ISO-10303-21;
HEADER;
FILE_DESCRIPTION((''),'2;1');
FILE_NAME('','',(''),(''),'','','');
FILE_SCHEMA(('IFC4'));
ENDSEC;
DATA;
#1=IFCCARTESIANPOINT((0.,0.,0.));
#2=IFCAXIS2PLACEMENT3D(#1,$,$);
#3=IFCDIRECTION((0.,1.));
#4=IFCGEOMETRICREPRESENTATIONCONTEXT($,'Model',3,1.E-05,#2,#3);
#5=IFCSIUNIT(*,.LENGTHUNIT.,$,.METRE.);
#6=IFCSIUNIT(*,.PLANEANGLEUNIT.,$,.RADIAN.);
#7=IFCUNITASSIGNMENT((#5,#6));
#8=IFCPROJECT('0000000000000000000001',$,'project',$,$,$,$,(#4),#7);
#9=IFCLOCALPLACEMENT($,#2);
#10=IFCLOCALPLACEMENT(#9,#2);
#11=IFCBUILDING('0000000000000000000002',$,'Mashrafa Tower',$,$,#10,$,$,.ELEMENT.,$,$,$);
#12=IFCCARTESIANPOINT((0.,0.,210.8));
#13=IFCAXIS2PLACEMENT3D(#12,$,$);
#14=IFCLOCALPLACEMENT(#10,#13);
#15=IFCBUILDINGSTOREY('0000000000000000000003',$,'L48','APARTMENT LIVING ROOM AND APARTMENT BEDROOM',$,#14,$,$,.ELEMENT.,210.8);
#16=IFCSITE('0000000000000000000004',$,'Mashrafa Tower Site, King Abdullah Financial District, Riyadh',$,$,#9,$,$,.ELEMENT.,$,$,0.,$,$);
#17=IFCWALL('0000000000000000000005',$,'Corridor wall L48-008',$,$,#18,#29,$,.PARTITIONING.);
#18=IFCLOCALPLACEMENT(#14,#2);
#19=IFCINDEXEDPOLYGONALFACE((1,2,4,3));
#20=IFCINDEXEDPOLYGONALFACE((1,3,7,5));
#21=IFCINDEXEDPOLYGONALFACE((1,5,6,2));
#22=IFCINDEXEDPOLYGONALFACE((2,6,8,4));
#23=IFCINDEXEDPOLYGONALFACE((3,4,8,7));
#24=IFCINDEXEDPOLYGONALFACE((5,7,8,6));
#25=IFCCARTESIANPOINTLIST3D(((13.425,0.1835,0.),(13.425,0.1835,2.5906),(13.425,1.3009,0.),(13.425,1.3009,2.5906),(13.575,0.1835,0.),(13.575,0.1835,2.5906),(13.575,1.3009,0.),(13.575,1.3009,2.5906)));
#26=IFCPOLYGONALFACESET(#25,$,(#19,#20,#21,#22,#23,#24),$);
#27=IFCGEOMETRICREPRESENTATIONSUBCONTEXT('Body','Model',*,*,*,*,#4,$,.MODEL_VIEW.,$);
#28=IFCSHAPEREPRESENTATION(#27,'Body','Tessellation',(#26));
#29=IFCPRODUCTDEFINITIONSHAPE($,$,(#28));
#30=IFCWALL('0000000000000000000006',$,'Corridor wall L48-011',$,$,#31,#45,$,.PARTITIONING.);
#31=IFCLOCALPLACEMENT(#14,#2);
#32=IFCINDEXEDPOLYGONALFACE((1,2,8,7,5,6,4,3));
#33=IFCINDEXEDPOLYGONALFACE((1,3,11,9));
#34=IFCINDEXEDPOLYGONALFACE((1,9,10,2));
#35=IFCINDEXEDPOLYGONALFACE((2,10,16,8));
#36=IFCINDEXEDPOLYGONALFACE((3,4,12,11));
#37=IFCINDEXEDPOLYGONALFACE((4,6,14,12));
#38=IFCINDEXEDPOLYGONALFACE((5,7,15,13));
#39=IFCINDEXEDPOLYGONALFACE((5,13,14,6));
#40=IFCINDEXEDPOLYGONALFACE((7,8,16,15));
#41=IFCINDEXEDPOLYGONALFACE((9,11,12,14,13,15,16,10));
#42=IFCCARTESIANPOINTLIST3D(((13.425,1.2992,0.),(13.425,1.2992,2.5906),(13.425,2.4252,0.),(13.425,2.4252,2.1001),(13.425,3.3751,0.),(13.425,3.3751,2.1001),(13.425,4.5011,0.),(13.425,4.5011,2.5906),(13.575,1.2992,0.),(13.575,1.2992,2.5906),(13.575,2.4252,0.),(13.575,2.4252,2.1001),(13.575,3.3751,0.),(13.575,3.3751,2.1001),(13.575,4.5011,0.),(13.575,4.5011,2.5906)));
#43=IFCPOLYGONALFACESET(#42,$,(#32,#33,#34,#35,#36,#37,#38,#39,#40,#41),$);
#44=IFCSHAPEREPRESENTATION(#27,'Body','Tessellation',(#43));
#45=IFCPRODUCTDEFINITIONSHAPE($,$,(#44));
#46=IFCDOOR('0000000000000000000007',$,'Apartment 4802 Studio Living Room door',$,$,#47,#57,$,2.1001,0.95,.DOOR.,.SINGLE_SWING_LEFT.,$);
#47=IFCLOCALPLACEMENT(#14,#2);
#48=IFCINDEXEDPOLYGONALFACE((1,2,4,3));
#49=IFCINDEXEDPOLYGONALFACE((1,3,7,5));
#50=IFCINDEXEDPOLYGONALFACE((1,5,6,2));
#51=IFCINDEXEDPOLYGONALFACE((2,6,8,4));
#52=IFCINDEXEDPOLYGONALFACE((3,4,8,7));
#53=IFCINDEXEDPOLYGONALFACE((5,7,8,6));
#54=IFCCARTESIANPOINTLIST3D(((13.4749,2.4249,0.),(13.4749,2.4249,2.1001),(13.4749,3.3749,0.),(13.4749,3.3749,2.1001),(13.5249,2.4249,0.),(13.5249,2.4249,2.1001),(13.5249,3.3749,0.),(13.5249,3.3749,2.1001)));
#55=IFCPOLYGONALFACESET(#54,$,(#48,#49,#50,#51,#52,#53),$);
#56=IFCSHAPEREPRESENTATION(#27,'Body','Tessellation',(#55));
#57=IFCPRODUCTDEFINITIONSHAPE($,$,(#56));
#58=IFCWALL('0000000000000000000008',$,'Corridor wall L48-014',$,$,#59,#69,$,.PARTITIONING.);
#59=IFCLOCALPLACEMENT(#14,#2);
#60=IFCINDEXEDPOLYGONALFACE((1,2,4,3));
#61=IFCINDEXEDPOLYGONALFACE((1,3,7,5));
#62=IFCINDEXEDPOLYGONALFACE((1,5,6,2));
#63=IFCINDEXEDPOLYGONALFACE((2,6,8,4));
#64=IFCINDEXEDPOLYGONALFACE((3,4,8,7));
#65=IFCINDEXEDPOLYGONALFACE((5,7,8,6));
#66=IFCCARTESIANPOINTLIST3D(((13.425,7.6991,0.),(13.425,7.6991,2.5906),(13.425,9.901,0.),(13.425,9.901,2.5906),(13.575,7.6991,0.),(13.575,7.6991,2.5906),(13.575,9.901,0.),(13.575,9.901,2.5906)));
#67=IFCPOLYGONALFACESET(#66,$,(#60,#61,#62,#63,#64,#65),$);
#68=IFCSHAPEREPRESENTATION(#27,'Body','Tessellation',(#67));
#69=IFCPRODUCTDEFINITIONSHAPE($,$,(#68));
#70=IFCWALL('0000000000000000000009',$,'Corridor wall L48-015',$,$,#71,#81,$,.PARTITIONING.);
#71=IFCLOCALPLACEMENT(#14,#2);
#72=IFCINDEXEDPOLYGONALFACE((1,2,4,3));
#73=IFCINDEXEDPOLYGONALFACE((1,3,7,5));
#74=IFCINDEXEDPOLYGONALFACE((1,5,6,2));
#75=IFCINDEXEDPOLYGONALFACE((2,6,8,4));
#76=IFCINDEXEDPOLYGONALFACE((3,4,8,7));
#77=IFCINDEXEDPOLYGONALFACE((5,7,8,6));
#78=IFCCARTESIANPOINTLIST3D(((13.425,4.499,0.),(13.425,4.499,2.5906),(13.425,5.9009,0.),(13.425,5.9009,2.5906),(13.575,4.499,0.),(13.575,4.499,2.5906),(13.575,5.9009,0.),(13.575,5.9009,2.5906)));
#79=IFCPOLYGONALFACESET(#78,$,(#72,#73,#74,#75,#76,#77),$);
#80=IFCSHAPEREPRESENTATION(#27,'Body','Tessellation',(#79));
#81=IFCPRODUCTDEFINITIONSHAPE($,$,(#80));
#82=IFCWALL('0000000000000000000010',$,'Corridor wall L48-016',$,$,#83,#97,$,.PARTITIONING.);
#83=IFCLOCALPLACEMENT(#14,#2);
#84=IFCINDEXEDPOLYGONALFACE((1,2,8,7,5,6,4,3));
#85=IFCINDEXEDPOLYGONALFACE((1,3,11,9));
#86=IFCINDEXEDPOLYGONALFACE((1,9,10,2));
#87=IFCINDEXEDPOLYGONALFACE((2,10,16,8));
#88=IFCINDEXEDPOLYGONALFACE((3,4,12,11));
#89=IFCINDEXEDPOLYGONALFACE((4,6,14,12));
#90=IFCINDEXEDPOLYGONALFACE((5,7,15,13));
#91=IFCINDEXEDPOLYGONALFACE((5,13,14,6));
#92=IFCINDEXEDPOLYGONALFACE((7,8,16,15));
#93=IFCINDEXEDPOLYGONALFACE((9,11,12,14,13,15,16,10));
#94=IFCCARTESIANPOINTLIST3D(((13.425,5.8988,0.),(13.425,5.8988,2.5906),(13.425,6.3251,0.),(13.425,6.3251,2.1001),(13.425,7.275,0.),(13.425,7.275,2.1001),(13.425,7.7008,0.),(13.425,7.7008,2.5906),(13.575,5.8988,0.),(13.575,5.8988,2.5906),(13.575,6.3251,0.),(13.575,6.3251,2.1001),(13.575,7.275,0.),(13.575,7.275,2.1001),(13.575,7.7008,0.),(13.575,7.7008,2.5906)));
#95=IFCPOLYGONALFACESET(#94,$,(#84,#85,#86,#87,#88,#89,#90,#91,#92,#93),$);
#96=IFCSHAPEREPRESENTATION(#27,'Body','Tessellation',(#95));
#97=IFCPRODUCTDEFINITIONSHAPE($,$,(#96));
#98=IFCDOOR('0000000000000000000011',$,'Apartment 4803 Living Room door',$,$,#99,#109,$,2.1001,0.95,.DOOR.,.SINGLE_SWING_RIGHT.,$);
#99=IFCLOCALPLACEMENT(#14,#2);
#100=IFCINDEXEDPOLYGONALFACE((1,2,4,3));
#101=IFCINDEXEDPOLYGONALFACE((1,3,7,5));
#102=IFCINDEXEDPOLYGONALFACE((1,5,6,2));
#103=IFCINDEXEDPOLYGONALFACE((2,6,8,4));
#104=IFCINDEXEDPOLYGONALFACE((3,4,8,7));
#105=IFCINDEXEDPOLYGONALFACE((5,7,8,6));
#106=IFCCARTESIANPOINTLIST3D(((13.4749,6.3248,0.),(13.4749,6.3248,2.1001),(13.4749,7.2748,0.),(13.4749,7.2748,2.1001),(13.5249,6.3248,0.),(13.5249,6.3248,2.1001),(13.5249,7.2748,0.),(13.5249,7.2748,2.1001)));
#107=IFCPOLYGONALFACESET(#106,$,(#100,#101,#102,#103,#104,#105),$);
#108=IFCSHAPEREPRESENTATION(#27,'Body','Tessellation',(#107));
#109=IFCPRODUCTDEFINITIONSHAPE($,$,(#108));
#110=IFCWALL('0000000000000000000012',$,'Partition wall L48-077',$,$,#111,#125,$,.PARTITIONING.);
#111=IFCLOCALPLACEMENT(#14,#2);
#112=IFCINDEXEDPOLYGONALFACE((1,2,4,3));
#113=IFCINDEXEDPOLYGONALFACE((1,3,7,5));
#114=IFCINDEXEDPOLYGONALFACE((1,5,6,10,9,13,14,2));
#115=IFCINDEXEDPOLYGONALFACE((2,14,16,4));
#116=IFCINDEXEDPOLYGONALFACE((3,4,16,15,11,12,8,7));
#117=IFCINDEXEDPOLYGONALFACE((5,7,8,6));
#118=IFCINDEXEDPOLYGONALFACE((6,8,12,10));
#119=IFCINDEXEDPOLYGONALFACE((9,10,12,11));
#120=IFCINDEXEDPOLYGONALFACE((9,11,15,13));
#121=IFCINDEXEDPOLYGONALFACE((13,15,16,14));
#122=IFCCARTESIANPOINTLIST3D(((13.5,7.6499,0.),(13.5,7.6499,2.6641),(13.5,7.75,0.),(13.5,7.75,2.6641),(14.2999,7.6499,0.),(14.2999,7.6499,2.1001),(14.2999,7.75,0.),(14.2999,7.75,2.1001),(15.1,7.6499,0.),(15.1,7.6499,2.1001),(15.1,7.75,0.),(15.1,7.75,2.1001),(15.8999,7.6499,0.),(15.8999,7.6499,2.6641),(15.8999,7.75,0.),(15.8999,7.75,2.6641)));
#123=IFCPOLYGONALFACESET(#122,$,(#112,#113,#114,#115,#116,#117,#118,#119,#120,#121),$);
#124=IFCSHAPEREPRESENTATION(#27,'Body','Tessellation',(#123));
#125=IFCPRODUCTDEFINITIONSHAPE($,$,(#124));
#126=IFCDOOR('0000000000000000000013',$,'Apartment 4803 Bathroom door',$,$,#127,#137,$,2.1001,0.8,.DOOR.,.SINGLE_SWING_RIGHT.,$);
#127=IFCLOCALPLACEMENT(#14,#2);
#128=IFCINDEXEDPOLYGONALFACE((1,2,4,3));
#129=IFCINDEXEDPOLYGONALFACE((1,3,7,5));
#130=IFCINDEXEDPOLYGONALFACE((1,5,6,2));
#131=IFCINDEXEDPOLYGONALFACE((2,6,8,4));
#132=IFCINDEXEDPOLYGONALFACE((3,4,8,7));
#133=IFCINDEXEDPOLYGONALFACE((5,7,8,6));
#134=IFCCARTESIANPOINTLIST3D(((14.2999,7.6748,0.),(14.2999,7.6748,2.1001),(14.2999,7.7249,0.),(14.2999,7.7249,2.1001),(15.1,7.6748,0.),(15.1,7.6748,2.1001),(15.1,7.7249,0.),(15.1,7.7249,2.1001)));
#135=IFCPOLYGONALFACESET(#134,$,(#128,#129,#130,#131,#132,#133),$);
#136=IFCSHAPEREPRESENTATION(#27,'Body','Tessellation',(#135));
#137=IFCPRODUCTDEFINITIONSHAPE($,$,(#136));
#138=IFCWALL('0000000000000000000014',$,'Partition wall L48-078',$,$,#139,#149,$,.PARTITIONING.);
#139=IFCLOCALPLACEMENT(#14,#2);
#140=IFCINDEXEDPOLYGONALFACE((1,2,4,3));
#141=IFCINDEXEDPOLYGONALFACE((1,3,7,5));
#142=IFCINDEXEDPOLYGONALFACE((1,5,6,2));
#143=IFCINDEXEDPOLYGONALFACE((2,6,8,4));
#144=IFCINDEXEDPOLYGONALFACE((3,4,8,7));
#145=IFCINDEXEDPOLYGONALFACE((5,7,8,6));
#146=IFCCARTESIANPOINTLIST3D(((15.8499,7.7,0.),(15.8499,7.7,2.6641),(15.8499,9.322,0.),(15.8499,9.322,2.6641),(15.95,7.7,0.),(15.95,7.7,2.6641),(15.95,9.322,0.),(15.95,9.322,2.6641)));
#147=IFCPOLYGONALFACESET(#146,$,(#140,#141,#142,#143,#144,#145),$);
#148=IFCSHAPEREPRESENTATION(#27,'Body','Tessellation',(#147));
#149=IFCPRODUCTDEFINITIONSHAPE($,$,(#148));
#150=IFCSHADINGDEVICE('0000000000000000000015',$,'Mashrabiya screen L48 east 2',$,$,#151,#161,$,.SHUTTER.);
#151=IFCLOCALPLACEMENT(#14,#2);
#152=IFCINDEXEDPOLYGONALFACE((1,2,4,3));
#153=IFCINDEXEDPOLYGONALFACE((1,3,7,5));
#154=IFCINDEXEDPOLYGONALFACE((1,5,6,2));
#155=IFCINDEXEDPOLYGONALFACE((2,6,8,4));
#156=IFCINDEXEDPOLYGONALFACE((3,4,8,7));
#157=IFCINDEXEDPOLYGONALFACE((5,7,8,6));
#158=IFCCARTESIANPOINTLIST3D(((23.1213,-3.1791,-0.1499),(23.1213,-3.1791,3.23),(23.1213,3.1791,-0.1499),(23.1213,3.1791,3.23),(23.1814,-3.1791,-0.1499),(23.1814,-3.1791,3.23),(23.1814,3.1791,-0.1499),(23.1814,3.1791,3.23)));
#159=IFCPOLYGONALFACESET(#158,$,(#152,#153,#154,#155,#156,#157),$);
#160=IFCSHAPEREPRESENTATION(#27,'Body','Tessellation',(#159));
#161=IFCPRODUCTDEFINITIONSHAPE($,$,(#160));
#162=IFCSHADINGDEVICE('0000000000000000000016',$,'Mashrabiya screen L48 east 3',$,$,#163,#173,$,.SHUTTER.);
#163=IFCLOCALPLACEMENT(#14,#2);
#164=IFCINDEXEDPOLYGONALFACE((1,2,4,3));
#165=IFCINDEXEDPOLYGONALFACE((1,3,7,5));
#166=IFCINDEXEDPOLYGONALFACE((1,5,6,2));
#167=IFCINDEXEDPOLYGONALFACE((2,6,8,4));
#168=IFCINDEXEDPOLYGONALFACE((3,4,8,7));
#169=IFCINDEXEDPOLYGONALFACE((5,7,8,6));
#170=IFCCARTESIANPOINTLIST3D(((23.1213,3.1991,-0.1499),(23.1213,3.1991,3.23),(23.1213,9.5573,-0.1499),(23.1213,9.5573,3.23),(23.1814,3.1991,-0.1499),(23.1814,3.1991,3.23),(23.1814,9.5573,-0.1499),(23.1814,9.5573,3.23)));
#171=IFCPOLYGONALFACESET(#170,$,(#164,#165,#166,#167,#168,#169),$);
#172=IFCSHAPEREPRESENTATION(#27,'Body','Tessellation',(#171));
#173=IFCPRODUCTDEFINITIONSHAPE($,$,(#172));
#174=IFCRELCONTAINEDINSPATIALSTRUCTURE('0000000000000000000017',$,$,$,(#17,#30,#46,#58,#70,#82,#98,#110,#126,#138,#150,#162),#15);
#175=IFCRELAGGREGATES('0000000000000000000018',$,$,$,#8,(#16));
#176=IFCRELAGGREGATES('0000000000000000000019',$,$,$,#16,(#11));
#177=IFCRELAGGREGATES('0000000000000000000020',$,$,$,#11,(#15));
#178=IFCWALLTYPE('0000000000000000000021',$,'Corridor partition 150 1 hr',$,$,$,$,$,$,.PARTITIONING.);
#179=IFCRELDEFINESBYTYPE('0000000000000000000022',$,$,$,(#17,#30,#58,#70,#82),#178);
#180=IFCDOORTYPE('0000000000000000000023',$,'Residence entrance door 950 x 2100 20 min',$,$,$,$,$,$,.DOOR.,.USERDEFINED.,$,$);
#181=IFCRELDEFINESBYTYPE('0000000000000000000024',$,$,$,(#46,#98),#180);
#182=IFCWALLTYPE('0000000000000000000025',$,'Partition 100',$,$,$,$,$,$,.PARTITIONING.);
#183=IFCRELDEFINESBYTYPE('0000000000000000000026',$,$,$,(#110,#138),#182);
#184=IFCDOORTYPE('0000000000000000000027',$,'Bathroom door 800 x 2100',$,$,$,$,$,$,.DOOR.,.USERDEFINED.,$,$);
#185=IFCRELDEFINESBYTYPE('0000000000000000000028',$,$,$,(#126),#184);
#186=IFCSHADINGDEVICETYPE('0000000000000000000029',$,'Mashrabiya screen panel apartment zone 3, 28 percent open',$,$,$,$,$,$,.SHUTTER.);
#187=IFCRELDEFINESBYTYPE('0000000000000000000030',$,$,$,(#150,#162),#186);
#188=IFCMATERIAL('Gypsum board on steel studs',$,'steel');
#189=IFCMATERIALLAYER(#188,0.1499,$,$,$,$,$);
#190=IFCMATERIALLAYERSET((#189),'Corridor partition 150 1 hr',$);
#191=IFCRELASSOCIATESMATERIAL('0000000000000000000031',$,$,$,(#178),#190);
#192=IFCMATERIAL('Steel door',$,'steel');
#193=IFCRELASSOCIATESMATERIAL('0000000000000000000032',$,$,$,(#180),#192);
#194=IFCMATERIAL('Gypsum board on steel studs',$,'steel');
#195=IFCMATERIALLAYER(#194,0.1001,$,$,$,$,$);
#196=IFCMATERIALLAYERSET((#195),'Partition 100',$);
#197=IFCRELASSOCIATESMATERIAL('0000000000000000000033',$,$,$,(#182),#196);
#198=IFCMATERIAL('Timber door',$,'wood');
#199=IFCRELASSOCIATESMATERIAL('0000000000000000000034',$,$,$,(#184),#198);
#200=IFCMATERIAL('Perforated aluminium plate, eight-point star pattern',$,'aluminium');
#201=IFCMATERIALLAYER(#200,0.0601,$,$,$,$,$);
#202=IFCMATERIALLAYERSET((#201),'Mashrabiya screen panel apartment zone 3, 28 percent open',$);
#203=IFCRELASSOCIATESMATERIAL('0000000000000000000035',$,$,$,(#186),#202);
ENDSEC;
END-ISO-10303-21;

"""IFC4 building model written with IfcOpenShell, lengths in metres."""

from ifc_helpers import new_model, si_unit, direction, frame, frame_2d, origin, origin_2d, place, context, subcontext, project, spatial, rectangle, extrude, source, transform, mapped, material, layer, layer_set, type_object, type_shapes, element, fill, save


model = new_model("IFC4")

# Units and contexts
model_context = context("Model", 3, precision=1e-05, world=origin(), true_north=direction((0.0, 1.0)))
body_context = subcontext(model_context, "Body", "Model", "MODEL_VIEW")
ifc_project = project(units=[si_unit("LENGTHUNIT", "METRE"), si_unit("PLANEANGLEUNIT", "RADIAN")], contexts=[model_context])

# Site, building, storey
site_placement = place(None, origin())
site = spatial("IfcSite", under=ifc_project, at=site_placement, Name="Mashrafa Tower Site, King Abdullah Financial District, Riyadh", CompositionType="ELEMENT", RefElevation=0.0)
building_placement = place(site_placement, origin())
building = spatial("IfcBuilding", under=site, at=building_placement, Name="Mashrafa Tower", CompositionType="ELEMENT")
storey_placement = place(building_placement, frame((0.0, 0.0, 210.8)))
storey = spatial("IfcBuildingStorey", under=building, at=storey_placement, Name="L48", Description="APARTMENT LIVING ROOM AND APARTMENT BEDROOM", CompositionType="ELEMENT", Elevation=210.8)

# Wall
ifc_material_1 = material(Name="Gypsum board on steel studs", Category="steel")
ifc_layer_1 = layer(ifc_material_1, 0.1499)
ifc_layer_set_1 = layer_set([ifc_layer_1], Name="Corridor partition 150 1 hr")
wall_type_1 = type_object("IfcWallType", Name="Corridor partition 150 1 hr", PredefinedType="PARTITIONING", material=ifc_layer_set_1)
wall_1_placement = place(storey_placement, frame((13.5, 0.1836, 0.0), z_axis=(0.0, 0.0, 1.0), x_axis=(0.0, 1.0, 0.0)))
element("IfcWall", 1, at=wall_1_placement, inside=storey, type_object=wall_type_1, Name="Corridor wall L48-008", PredefinedType="PARTITIONING", context=body_context, shape_type="SweptSolid", body=[
    extrude(rectangle(XDim=1.1174, YDim=0.1499, at=frame_2d((0.5586, 0.0))), origin(), (0.0, 0.0, 1.0), 2.5906),
])

# Wall, opening, door
wall_2_placement = place(storey_placement, frame((13.5, 1.2991, 0.0), z_axis=(0.0, 0.0, 1.0), x_axis=(0.0, 1.0, 0.0)))
wall_2 = element("IfcWall", 2, at=wall_2_placement, inside=storey, type_object=wall_type_1, Name="Corridor wall L48-011", PredefinedType="PARTITIONING", context=body_context, shape_type="SweptSolid", body=[
    extrude(rectangle(XDim=3.2019, YDim=0.1499, at=frame_2d((1.6011, 0.0))), origin(), (0.0, 0.0, 1.0), 2.5906),
])
opening_1_placement = place(wall_2_placement, frame((1.126, 0.0, 0.0)))
opening_1 = element("IfcOpeningElement", 3, at=opening_1_placement, cuts=wall_2, PredefinedType="OPENING", context=body_context, shape_type="SweptSolid", body=[
    extrude(rectangle(XDim=0.95, YDim=2.1001, at=frame_2d((0.4751, 1.05))), frame((0.0, 0.085, 0.0), z_axis=(0.0, -1.0, 0.0), x_axis=(1.0, 0.0, 0.0)), (0.0, 0.0, 1.0), 0.1699),
])
ifc_material_2 = material(Name="Steel door", Category="steel")
door_type_1 = type_object("IfcDoorType", Name="Residence entrance door 950 x 2100 20 min", OperationType="USERDEFINED", PredefinedType="DOOR", material=ifc_material_2)
door_1_placement = place(opening_1_placement, frame((0.95, 0.0, 0.0), z_axis=(0.0, 0.0, 1.0), x_axis=(-1.0, 0.0, 0.0)))
door_1 = element("IfcDoor", 4, at=door_1_placement, inside=storey, type_object=door_type_1, Name="Apartment 4802 Studio Living Room door", OperationType="SINGLE_SWING_LEFT", OverallHeight=2.1001, OverallWidth=0.95, PredefinedType="DOOR", context=body_context, shape_type="SweptSolid", body=[
    extrude(rectangle(XDim=0.95, YDim=2.1001, at=frame_2d((0.4751, 1.05))), frame((0.0, 0.0249, 0.0), z_axis=(0.0, -1.0, 0.0), x_axis=(1.0, 0.0, 0.0)), (0.0, 0.0, 1.0), 0.05),
])
fill(opening_1, door_1)

# Walls
wall_3_placement = place(storey_placement, frame((13.5, 7.699, 0.0), z_axis=(0.0, 0.0, 1.0), x_axis=(0.0, 1.0, 0.0)))
element("IfcWall", 5, at=wall_3_placement, inside=storey, type_object=wall_type_1, Name="Corridor wall L48-014", PredefinedType="PARTITIONING", context=body_context, shape_type="SweptSolid", body=[
    extrude(rectangle(XDim=2.2019, YDim=0.1499, at=frame_2d((1.1011, 0.0))), origin(), (0.0, 0.0, 1.0), 2.5906),
])
wall_4_placement = place(storey_placement, frame((13.5, 4.499, 0.0), z_axis=(0.0, 0.0, 1.0), x_axis=(0.0, 1.0, 0.0)))
element("IfcWall", 6, at=wall_4_placement, inside=storey, type_object=wall_type_1, Name="Corridor wall L48-015", PredefinedType="PARTITIONING", context=body_context, shape_type="SweptSolid", body=[
    extrude(rectangle(XDim=1.4019, YDim=0.1499, at=frame_2d((0.7009, 0.0))), origin(), (0.0, 0.0, 1.0), 2.5906),
])

# Walls, openings, doors
wall_5_placement = place(storey_placement, frame((13.5, 5.8989, 0.0), z_axis=(0.0, 0.0, 1.0), x_axis=(0.0, 1.0, 0.0)))
wall_5 = element("IfcWall", 7, at=wall_5_placement, inside=storey, type_object=wall_type_1, Name="Corridor wall L48-016", PredefinedType="PARTITIONING", context=body_context, shape_type="SweptSolid", body=[
    extrude(rectangle(XDim=1.802, YDim=0.1499, at=frame_2d((0.9009, 0.0))), origin(), (0.0, 0.0, 1.0), 2.5906),
])
opening_2_placement = place(wall_5_placement, frame((0.426, 0.0, 0.0)))
opening_2 = element("IfcOpeningElement", 8, at=opening_2_placement, cuts=wall_5, PredefinedType="OPENING", context=body_context, shape_type="SweptSolid", body=[
    extrude(rectangle(XDim=0.95, YDim=2.1001, at=frame_2d((0.4751, 1.05))), frame((0.0, 0.085, 0.0), z_axis=(0.0, -1.0, 0.0), x_axis=(1.0, 0.0, 0.0)), (0.0, 0.0, 1.0), 0.1699),
])
door_2_placement = place(opening_2_placement, frame((0.95, 0.0, 0.0), z_axis=(0.0, 0.0, 1.0), x_axis=(-1.0, 0.0, 0.0)))
door_2 = element("IfcDoor", 9, at=door_2_placement, inside=storey, type_object=door_type_1, Name="Apartment 4803 Living Room door", OperationType="SINGLE_SWING_RIGHT", OverallHeight=2.1001, OverallWidth=0.95, PredefinedType="DOOR", context=body_context, shape_type="SweptSolid", body=[
    extrude(rectangle(XDim=0.95, YDim=2.1001, at=frame_2d((0.4751, 1.05))), frame((0.0, 0.0249, 0.0), z_axis=(0.0, -1.0, 0.0), x_axis=(1.0, 0.0, 0.0)), (0.0, 0.0, 1.0), 0.05),
])
fill(opening_2, door_2)
ifc_material_3 = material(Name="Gypsum board on steel studs", Category="steel")
ifc_layer_2 = layer(ifc_material_3, 0.1001)
ifc_layer_set_2 = layer_set([ifc_layer_2], Name="Partition 100")
wall_type_2 = type_object("IfcWallType", Name="Partition 100", PredefinedType="PARTITIONING", material=ifc_layer_set_2)
wall_6_placement = place(storey_placement, frame((13.5, 7.7, 0.0), z_axis=(0.0, 0.0, 1.0), x_axis=(1.0, 0.0, 0.0)))
wall_6 = element("IfcWall", 10, at=wall_6_placement, inside=storey, type_object=wall_type_2, Name="Partition wall L48-077", PredefinedType="PARTITIONING", context=body_context, shape_type="SweptSolid", body=[
    extrude(rectangle(XDim=2.3999, YDim=0.1001, at=frame_2d((1.2, 0.0))), origin(), (0.0, 0.0, 1.0), 2.6641),
])
opening_3_placement = place(wall_6_placement, frame((0.8, 0.0, 0.0)))
opening_3 = element("IfcOpeningElement", 11, at=opening_3_placement, cuts=wall_6, PredefinedType="OPENING", context=body_context, shape_type="SweptSolid", body=[
    extrude(rectangle(XDim=0.8, YDim=2.1001, at=frame_2d((0.3999, 1.05))), frame((0.0, 0.0601, 0.0), z_axis=(0.0, -1.0, 0.0), x_axis=(1.0, 0.0, 0.0)), (0.0, 0.0, 1.0), 0.1201),
])
ifc_material_4 = material(Name="Timber door", Category="wood")
door_type_2 = type_object("IfcDoorType", Name="Bathroom door 800 x 2100", OperationType="USERDEFINED", PredefinedType="DOOR", material=ifc_material_4)
door_3_placement = place(opening_3_placement, origin())
door_3 = element("IfcDoor", 12, at=door_3_placement, inside=storey, type_object=door_type_2, Name="Apartment 4803 Bathroom door", OperationType="SINGLE_SWING_RIGHT", OverallHeight=2.1001, OverallWidth=0.8, PredefinedType="DOOR", context=body_context, shape_type="SweptSolid", body=[
    extrude(rectangle(XDim=0.8, YDim=2.1001, at=frame_2d((0.3999, 1.05))), frame((0.0, 0.0249, 0.0), z_axis=(0.0, -1.0, 0.0), x_axis=(1.0, 0.0, 0.0)), (0.0, 0.0, 1.0), 0.05),
])
fill(opening_3, door_3)

# Wall
wall_7_placement = place(storey_placement, frame((15.8999, 7.7, 0.0), z_axis=(0.0, 0.0, 1.0), x_axis=(0.0, 1.0, 0.0)))
element("IfcWall", 13, at=wall_7_placement, inside=storey, type_object=wall_type_2, Name="Partition wall L48-078", PredefinedType="PARTITIONING", context=body_context, shape_type="SweptSolid", body=[
    extrude(rectangle(XDim=1.6221, YDim=0.1001, at=frame_2d((0.811, 0.0))), origin(), (0.0, 0.0, 1.0), 2.6641),
])

# Shading devices
ifc_material_5 = material(Name="Perforated aluminium plate, eight-point star pattern", Category="aluminium")
ifc_layer_3 = layer(ifc_material_5, 0.0601)
ifc_layer_set_3 = layer_set([ifc_layer_3], Name="Mashrabiya screen panel apartment zone 3, 28 percent open")
shading_device_type = type_object("IfcShadingDeviceType", Name="Mashrabiya screen panel apartment zone 3, 28 percent open", PredefinedType="SHUTTER", material=ifc_layer_set_3)
shared_shape_1 = source(origin(), body_context, "Body", "SweptSolid", [
    extrude(rectangle(XDim=6.3582, YDim=0.0601, at=origin_2d()), origin(), (0.0, 0.0, 1.0), 3.3799),
])
type_shapes(shading_device_type, [shared_shape_1])
for number, where, z_axis, x_axis, name in (
    (14, (23.1514, 0.0, -0.1499), (0.0, 0.0, 1.0), (0.0, 1.0, 0.0), "Mashrabiya screen L48 east 2"),
    (15, (23.1514, 6.3782, -0.1499), (0.0, 0.0, 1.0), (0.0, 1.0, 0.0), "Mashrabiya screen L48 east 3"),
):
    element("IfcShadingDevice", number, at=place(storey_placement, frame(where, z_axis=z_axis, x_axis=x_axis)), inside=storey, type_object=shading_device_type, Name=name, PredefinedType="SHUTTER", context=body_context, shape_type="MappedRepresentation", body=[
        mapped(shared_shape_1, transform((0.0, 0.0, 0.0))),
    ])

save(model, "model.ifc")
